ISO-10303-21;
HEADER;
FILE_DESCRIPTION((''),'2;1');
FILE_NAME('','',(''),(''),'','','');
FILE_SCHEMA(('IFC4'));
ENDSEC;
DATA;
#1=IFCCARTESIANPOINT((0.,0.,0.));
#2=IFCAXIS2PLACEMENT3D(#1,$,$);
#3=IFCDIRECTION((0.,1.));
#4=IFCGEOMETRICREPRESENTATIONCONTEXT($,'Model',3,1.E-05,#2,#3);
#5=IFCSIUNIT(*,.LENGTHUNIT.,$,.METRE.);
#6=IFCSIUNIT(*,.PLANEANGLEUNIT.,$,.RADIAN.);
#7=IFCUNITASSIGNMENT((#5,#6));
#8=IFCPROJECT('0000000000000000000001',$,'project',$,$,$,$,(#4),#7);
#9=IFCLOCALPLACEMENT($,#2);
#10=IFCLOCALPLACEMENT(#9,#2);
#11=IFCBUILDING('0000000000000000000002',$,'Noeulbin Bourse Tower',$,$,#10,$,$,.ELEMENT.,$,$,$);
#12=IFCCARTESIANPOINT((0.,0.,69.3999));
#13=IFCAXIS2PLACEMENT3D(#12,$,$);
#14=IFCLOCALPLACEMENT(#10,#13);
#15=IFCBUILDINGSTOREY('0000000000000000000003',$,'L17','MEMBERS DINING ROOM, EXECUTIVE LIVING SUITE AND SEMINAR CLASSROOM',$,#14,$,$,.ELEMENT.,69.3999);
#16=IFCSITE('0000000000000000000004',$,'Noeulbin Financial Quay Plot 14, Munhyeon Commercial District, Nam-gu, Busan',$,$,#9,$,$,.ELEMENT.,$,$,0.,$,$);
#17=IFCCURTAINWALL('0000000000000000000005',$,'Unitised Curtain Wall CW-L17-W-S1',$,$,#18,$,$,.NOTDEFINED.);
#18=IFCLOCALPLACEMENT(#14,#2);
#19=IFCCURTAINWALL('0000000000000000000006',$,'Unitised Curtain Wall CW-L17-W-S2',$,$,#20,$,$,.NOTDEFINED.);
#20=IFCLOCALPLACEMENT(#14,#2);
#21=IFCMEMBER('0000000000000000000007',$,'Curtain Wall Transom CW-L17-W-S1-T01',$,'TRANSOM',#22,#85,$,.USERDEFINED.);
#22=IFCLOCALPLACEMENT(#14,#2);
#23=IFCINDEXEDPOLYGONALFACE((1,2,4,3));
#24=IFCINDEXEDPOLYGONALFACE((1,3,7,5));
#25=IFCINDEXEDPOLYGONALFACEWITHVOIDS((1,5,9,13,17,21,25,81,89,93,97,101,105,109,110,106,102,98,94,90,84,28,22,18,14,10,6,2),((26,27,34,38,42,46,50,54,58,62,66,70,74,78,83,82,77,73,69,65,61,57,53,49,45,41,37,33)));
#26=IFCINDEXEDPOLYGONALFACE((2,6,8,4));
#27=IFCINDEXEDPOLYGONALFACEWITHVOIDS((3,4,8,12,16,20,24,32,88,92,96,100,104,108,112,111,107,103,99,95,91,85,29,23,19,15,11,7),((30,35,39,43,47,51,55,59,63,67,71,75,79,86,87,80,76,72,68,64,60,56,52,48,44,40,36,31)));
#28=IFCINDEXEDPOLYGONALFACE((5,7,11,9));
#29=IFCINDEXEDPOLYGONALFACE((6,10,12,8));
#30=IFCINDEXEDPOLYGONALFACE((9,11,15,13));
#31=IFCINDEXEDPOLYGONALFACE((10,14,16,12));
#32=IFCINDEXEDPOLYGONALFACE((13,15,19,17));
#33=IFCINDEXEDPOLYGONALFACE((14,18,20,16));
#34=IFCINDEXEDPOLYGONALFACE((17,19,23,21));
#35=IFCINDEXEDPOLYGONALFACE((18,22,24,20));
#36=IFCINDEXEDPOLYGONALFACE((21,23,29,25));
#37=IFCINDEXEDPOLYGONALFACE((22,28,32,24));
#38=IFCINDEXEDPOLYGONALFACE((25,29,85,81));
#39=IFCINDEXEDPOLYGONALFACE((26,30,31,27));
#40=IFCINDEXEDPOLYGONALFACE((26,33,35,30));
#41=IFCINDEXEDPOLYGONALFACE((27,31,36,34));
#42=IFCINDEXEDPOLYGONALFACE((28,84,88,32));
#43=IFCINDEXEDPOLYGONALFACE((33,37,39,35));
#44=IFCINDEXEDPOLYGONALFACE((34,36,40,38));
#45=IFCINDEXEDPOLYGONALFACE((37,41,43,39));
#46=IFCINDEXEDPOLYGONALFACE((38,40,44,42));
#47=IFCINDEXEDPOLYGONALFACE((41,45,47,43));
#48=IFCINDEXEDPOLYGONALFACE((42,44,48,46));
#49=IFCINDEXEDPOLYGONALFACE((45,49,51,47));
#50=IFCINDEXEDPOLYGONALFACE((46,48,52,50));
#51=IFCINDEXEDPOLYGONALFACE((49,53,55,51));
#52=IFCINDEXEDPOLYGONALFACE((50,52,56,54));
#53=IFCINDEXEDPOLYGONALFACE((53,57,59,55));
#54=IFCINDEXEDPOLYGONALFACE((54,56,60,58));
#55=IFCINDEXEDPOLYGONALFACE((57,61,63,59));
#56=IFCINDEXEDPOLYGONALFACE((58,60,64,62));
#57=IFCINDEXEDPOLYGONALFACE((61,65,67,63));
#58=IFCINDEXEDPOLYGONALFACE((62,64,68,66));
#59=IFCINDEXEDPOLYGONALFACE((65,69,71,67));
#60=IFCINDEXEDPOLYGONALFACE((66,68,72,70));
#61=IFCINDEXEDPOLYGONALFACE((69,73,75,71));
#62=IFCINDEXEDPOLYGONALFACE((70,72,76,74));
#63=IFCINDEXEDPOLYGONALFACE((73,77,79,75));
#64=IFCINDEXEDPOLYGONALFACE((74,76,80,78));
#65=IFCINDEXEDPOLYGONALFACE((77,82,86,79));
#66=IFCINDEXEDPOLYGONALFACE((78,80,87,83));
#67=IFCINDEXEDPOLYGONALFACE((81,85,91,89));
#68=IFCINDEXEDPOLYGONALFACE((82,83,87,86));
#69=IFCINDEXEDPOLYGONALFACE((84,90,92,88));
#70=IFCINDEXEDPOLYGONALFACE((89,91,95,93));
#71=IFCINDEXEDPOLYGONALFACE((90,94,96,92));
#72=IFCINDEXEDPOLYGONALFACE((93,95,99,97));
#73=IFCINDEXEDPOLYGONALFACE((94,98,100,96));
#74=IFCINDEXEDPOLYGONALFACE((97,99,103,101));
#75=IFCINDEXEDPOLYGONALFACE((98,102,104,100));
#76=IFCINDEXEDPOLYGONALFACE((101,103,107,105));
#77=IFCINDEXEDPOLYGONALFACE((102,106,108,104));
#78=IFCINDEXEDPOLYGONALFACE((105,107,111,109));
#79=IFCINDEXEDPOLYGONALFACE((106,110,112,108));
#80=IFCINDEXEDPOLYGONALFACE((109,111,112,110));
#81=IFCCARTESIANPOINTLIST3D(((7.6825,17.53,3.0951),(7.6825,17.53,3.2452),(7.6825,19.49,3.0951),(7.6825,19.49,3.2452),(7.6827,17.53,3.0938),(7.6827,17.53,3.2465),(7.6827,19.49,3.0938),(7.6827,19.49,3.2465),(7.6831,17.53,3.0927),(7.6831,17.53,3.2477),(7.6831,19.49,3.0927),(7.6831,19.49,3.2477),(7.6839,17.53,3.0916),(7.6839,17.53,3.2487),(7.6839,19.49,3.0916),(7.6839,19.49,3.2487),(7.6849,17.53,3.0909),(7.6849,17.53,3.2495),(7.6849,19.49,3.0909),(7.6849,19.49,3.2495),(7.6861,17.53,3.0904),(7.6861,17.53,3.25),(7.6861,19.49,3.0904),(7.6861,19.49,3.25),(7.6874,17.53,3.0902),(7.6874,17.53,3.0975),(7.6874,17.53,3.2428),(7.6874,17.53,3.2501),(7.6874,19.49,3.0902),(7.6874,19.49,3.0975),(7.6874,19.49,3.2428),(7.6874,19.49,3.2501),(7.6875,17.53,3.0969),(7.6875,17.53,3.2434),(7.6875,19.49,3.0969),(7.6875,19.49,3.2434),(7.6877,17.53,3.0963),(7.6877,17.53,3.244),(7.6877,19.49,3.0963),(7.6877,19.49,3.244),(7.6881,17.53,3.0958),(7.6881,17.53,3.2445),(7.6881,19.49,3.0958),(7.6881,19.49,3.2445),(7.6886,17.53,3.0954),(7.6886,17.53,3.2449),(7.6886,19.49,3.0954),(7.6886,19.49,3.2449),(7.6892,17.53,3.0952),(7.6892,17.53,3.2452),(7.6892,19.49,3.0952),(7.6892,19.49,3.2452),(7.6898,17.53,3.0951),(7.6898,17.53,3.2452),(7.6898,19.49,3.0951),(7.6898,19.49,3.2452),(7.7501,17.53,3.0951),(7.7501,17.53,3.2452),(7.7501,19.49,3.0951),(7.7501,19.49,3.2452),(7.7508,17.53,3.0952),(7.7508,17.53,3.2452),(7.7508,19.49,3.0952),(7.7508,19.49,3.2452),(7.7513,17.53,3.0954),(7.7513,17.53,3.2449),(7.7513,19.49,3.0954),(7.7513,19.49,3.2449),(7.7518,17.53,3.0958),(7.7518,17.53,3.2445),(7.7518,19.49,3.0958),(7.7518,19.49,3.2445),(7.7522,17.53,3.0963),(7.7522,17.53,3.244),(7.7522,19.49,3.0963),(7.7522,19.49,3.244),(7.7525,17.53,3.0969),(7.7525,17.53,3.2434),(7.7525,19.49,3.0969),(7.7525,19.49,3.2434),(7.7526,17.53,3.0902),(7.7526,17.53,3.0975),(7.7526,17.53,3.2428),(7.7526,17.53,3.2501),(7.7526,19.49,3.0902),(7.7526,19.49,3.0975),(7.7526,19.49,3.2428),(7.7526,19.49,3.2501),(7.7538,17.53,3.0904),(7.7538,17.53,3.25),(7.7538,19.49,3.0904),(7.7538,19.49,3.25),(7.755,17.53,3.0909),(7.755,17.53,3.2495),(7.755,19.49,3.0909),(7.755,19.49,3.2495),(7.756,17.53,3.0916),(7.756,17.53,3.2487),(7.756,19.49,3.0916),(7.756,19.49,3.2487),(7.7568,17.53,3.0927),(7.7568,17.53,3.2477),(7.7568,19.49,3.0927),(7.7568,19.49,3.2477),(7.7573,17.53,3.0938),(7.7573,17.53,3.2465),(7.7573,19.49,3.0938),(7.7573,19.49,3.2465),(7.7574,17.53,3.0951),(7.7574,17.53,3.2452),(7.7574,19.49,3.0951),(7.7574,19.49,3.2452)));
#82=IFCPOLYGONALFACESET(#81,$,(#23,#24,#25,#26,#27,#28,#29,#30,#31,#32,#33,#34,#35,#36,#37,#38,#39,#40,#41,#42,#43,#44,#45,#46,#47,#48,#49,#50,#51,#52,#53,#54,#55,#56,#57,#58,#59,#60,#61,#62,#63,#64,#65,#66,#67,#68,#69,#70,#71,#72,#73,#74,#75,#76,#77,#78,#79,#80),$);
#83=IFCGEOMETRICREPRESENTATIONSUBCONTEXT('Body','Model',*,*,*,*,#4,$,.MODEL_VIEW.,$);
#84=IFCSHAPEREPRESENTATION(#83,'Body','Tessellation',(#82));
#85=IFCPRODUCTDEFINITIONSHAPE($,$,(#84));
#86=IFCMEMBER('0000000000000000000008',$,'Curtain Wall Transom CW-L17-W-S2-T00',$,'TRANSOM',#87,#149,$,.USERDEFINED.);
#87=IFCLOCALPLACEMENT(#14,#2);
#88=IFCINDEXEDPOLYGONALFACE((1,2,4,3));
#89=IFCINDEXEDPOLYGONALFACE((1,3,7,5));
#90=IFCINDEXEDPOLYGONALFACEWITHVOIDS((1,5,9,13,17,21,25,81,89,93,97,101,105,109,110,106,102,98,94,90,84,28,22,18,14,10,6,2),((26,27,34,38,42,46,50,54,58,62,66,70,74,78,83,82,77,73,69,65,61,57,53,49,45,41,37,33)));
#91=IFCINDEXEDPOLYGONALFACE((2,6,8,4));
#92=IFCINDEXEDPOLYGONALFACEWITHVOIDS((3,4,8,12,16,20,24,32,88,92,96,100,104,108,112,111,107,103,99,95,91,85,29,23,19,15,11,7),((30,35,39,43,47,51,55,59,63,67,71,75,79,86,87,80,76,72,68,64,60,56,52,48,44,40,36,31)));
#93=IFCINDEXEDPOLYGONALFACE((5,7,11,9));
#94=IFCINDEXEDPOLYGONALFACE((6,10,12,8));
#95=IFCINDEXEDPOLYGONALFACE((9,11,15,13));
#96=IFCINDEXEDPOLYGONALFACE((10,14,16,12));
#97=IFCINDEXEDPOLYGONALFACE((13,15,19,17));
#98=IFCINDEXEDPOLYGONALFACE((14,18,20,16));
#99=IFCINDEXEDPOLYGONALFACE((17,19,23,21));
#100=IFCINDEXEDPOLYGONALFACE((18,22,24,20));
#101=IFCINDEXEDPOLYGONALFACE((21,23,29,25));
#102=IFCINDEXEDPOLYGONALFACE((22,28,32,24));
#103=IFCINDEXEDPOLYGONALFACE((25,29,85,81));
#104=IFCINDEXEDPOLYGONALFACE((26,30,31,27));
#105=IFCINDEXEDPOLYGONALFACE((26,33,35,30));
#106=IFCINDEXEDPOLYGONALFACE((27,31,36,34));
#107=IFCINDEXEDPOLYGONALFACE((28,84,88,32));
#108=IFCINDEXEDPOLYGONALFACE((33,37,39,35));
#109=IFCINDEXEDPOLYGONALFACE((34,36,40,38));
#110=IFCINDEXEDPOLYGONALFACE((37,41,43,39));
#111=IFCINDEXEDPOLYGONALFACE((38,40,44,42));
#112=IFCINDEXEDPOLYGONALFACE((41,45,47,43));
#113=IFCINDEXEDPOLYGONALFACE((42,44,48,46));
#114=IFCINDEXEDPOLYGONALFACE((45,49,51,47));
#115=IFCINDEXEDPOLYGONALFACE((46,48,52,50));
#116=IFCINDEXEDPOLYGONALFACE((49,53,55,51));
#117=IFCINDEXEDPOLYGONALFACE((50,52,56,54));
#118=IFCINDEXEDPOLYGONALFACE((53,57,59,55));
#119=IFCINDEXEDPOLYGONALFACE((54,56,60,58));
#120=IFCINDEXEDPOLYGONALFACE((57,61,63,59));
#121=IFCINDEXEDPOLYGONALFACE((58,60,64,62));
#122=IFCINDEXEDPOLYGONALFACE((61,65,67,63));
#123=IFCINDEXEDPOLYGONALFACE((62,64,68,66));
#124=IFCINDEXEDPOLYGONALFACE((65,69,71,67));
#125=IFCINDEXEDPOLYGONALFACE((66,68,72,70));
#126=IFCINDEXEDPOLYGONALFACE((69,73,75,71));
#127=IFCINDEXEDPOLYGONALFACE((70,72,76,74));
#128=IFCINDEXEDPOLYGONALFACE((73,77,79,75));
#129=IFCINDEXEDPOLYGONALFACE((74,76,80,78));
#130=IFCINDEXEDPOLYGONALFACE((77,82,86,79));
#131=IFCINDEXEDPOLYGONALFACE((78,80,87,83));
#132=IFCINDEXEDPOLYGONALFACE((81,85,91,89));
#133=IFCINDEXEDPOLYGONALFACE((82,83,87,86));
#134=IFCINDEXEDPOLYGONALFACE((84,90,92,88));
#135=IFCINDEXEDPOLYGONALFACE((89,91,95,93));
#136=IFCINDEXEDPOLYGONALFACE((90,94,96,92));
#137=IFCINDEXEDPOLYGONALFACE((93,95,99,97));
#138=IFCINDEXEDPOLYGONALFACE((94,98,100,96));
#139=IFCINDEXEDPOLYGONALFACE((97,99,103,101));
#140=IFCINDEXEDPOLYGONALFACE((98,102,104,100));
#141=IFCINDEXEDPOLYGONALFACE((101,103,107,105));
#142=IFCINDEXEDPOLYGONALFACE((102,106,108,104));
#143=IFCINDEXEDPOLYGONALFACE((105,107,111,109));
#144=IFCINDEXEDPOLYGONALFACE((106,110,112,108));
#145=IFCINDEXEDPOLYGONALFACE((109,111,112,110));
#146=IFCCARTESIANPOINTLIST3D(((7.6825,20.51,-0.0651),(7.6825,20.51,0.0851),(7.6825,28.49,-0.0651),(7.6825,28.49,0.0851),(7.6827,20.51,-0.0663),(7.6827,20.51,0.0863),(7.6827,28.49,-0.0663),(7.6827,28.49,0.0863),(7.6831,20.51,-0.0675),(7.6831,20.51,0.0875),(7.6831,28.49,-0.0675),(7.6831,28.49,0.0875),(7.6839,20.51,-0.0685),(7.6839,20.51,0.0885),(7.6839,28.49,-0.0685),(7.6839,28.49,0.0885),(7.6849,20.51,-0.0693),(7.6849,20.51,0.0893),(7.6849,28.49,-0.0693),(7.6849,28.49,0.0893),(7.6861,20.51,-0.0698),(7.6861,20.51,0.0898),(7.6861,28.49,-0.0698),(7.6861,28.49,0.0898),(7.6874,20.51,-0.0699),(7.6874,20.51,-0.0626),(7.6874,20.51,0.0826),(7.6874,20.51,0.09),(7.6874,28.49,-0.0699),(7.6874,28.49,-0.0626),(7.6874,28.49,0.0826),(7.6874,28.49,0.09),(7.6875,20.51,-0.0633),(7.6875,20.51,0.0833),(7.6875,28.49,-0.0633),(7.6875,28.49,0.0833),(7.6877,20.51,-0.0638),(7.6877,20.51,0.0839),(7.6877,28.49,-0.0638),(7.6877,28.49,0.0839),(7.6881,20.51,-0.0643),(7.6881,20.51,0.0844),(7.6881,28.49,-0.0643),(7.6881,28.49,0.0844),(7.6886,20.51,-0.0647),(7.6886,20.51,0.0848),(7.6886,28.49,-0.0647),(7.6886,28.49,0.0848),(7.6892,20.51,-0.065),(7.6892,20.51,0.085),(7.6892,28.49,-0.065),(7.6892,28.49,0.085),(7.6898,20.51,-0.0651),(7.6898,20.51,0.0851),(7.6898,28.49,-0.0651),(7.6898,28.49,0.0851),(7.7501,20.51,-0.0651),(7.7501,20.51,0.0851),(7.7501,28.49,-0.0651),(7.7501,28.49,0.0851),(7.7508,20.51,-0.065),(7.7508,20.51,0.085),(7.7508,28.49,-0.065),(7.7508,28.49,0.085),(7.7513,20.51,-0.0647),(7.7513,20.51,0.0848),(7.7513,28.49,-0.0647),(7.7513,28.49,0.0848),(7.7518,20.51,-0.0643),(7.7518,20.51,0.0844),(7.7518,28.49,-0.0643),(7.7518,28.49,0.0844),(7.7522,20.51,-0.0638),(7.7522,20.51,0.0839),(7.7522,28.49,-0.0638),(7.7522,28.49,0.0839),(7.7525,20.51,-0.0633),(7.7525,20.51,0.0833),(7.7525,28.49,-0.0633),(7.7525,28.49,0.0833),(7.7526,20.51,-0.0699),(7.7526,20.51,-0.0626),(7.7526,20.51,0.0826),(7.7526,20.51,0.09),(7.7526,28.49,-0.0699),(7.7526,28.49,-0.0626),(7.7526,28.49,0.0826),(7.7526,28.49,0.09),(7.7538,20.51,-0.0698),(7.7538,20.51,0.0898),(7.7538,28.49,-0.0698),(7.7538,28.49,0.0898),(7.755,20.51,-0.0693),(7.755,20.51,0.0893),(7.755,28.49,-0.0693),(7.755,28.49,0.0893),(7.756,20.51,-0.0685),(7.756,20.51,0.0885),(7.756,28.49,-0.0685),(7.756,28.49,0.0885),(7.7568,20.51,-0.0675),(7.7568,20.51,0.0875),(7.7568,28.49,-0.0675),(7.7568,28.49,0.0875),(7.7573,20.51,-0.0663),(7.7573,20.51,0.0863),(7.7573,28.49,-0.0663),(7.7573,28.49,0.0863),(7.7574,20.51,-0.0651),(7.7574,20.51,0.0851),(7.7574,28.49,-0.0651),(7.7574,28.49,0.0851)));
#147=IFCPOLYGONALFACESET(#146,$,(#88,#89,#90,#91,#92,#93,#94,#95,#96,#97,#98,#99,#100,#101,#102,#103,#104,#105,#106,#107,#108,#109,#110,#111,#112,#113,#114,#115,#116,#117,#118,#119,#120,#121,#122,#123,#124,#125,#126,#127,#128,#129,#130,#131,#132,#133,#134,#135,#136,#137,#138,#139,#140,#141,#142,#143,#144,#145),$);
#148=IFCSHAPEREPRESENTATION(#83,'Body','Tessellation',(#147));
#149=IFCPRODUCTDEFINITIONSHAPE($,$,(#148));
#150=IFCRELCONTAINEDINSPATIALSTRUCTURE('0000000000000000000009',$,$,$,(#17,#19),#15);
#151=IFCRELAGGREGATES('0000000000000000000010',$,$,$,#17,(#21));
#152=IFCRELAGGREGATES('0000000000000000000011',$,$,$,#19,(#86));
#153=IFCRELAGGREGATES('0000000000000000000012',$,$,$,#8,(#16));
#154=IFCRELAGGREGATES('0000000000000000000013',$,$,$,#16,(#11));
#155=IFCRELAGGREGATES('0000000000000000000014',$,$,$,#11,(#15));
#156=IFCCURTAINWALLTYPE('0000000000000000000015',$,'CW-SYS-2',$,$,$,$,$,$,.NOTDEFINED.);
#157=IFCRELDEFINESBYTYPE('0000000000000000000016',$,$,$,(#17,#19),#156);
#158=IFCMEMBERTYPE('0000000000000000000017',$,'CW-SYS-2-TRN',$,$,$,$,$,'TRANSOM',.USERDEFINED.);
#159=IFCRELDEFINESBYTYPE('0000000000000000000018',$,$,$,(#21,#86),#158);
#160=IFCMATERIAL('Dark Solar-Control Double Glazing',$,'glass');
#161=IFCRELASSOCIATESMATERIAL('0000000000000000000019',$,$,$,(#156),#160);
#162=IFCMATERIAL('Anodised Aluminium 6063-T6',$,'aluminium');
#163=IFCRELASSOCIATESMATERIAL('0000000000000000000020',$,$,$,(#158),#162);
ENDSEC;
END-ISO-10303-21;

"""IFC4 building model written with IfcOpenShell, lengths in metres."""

from ifc_helpers import new_model, si_unit, direction, frame, origin, origin_2d, place, context, subcontext, project, spatial, hollow_rectangle, extrude, material, material_profile, profile_set, type_object, element, aggregate, save


model = new_model("IFC4")

# Units and contexts
model_context = context("Model", 3, precision=1e-05, world=origin(), true_north=direction((0.0, 1.0)))
body_context = subcontext(model_context, "Body", "Model", "MODEL_VIEW")
ifc_project = project(units=[si_unit("LENGTHUNIT", "METRE"), si_unit("PLANEANGLEUNIT", "RADIAN")], contexts=[model_context])

# Site, building, storey
site_placement = place(None, origin())
site = spatial("IfcSite", under=ifc_project, at=site_placement, Name="Noeulbin Financial Quay Plot 14, Munhyeon Commercial District, Nam-gu, Busan", CompositionType="ELEMENT", RefElevation=0.0)
building_placement = place(site_placement, origin())
building = spatial("IfcBuilding", under=site, at=building_placement, Name="Noeulbin Bourse Tower", CompositionType="ELEMENT")
storey_placement = place(building_placement, frame((0.0, 0.0, 69.3999)))
storey = spatial("IfcBuildingStorey", under=building, at=storey_placement, Name="L17", Description="MEMBERS DINING ROOM, EXECUTIVE LIVING SUITE AND SEMINAR CLASSROOM", CompositionType="ELEMENT", Elevation=69.3999)

# Curtain wall
ifc_material_1 = material(Name="Dark Solar-Control Double Glazing", Category="glass")
curtain_wall_type = type_object("IfcCurtainWallType", Name="CW-SYS-2", PredefinedType="NOTDEFINED", material=ifc_material_1)
curtain_wall_1_placement = place(storey_placement, origin())
curtain_wall_1 = element("IfcCurtainWall", 1, at=curtain_wall_1_placement, inside=storey, type_object=curtain_wall_type, Name="Unitised Curtain Wall CW-L17-W-S1", PredefinedType="NOTDEFINED")
ifc_material_2 = material(Name="Anodised Aluminium 6063-T6", Category="aluminium")

# Curtain wall
curtain_wall_2_placement = place(storey_placement, origin())
curtain_wall_2 = element("IfcCurtainWall", 2, at=curtain_wall_2_placement, inside=storey, type_object=curtain_wall_type, Name="Unitised Curtain Wall CW-L17-W-S2", PredefinedType="NOTDEFINED")

# Members
ifc_material_profile_1 = material_profile(ifc_material_2, hollow_rectangle(XDim=0.075, YDim=0.1599, WallThickness=0.0049, InnerFilletRadius=0.0024, OuterFilletRadius=0.0049, at=origin_2d()), Name="ALU-TRAN-75x160x5", Category="LoadBearing")
ifc_profile_set_1 = profile_set([ifc_material_profile_1], Name="Anodised Aluminium 6063-T6")
member_type_1 = type_object("IfcMemberType", Name="CW-SYS-2-TRN", ElementType="TRANSOM", PredefinedType="USERDEFINED", material=ifc_profile_set_1)
member_1_placement = place(storey_placement, frame((7.72, 17.53, 3.1702), z_axis=(0.0, 1.0, 0.0), x_axis=(-1.0, 0.0, 0.0)))
member_1 = element("IfcMember", 3, at=member_1_placement, type_object=member_type_1, Name="Curtain Wall Transom CW-L17-W-S1-T01", ObjectType="TRANSOM", PredefinedType="USERDEFINED", context=body_context, shape_type="SweptSolid", body=[
    extrude(hollow_rectangle(XDim=0.075, YDim=0.1599, WallThickness=0.0049, InnerFilletRadius=0.0024, OuterFilletRadius=0.0049, at=origin_2d()), origin(), (0.0, 0.0, 1.0), 1.96),
])
member_2_placement = place(storey_placement, frame((7.72, 20.51, 0.01), z_axis=(0.0, 1.0, 0.0), x_axis=(-1.0, 0.0, 0.0)))
member_2 = element("IfcMember", 4, at=member_2_placement, type_object=member_type_1, Name="Curtain Wall Transom CW-L17-W-S2-T00", ObjectType="TRANSOM", PredefinedType="USERDEFINED", context=body_context, shape_type="SweptSolid", body=[
    extrude(hollow_rectangle(XDim=0.075, YDim=0.1599, WallThickness=0.0049, InnerFilletRadius=0.0024, OuterFilletRadius=0.0049, at=origin_2d()), origin(), (0.0, 0.0, 1.0), 7.98),
])

aggregate(curtain_wall_1, [member_1])
aggregate(curtain_wall_2, [member_2])

save(model, "model.ifc")
